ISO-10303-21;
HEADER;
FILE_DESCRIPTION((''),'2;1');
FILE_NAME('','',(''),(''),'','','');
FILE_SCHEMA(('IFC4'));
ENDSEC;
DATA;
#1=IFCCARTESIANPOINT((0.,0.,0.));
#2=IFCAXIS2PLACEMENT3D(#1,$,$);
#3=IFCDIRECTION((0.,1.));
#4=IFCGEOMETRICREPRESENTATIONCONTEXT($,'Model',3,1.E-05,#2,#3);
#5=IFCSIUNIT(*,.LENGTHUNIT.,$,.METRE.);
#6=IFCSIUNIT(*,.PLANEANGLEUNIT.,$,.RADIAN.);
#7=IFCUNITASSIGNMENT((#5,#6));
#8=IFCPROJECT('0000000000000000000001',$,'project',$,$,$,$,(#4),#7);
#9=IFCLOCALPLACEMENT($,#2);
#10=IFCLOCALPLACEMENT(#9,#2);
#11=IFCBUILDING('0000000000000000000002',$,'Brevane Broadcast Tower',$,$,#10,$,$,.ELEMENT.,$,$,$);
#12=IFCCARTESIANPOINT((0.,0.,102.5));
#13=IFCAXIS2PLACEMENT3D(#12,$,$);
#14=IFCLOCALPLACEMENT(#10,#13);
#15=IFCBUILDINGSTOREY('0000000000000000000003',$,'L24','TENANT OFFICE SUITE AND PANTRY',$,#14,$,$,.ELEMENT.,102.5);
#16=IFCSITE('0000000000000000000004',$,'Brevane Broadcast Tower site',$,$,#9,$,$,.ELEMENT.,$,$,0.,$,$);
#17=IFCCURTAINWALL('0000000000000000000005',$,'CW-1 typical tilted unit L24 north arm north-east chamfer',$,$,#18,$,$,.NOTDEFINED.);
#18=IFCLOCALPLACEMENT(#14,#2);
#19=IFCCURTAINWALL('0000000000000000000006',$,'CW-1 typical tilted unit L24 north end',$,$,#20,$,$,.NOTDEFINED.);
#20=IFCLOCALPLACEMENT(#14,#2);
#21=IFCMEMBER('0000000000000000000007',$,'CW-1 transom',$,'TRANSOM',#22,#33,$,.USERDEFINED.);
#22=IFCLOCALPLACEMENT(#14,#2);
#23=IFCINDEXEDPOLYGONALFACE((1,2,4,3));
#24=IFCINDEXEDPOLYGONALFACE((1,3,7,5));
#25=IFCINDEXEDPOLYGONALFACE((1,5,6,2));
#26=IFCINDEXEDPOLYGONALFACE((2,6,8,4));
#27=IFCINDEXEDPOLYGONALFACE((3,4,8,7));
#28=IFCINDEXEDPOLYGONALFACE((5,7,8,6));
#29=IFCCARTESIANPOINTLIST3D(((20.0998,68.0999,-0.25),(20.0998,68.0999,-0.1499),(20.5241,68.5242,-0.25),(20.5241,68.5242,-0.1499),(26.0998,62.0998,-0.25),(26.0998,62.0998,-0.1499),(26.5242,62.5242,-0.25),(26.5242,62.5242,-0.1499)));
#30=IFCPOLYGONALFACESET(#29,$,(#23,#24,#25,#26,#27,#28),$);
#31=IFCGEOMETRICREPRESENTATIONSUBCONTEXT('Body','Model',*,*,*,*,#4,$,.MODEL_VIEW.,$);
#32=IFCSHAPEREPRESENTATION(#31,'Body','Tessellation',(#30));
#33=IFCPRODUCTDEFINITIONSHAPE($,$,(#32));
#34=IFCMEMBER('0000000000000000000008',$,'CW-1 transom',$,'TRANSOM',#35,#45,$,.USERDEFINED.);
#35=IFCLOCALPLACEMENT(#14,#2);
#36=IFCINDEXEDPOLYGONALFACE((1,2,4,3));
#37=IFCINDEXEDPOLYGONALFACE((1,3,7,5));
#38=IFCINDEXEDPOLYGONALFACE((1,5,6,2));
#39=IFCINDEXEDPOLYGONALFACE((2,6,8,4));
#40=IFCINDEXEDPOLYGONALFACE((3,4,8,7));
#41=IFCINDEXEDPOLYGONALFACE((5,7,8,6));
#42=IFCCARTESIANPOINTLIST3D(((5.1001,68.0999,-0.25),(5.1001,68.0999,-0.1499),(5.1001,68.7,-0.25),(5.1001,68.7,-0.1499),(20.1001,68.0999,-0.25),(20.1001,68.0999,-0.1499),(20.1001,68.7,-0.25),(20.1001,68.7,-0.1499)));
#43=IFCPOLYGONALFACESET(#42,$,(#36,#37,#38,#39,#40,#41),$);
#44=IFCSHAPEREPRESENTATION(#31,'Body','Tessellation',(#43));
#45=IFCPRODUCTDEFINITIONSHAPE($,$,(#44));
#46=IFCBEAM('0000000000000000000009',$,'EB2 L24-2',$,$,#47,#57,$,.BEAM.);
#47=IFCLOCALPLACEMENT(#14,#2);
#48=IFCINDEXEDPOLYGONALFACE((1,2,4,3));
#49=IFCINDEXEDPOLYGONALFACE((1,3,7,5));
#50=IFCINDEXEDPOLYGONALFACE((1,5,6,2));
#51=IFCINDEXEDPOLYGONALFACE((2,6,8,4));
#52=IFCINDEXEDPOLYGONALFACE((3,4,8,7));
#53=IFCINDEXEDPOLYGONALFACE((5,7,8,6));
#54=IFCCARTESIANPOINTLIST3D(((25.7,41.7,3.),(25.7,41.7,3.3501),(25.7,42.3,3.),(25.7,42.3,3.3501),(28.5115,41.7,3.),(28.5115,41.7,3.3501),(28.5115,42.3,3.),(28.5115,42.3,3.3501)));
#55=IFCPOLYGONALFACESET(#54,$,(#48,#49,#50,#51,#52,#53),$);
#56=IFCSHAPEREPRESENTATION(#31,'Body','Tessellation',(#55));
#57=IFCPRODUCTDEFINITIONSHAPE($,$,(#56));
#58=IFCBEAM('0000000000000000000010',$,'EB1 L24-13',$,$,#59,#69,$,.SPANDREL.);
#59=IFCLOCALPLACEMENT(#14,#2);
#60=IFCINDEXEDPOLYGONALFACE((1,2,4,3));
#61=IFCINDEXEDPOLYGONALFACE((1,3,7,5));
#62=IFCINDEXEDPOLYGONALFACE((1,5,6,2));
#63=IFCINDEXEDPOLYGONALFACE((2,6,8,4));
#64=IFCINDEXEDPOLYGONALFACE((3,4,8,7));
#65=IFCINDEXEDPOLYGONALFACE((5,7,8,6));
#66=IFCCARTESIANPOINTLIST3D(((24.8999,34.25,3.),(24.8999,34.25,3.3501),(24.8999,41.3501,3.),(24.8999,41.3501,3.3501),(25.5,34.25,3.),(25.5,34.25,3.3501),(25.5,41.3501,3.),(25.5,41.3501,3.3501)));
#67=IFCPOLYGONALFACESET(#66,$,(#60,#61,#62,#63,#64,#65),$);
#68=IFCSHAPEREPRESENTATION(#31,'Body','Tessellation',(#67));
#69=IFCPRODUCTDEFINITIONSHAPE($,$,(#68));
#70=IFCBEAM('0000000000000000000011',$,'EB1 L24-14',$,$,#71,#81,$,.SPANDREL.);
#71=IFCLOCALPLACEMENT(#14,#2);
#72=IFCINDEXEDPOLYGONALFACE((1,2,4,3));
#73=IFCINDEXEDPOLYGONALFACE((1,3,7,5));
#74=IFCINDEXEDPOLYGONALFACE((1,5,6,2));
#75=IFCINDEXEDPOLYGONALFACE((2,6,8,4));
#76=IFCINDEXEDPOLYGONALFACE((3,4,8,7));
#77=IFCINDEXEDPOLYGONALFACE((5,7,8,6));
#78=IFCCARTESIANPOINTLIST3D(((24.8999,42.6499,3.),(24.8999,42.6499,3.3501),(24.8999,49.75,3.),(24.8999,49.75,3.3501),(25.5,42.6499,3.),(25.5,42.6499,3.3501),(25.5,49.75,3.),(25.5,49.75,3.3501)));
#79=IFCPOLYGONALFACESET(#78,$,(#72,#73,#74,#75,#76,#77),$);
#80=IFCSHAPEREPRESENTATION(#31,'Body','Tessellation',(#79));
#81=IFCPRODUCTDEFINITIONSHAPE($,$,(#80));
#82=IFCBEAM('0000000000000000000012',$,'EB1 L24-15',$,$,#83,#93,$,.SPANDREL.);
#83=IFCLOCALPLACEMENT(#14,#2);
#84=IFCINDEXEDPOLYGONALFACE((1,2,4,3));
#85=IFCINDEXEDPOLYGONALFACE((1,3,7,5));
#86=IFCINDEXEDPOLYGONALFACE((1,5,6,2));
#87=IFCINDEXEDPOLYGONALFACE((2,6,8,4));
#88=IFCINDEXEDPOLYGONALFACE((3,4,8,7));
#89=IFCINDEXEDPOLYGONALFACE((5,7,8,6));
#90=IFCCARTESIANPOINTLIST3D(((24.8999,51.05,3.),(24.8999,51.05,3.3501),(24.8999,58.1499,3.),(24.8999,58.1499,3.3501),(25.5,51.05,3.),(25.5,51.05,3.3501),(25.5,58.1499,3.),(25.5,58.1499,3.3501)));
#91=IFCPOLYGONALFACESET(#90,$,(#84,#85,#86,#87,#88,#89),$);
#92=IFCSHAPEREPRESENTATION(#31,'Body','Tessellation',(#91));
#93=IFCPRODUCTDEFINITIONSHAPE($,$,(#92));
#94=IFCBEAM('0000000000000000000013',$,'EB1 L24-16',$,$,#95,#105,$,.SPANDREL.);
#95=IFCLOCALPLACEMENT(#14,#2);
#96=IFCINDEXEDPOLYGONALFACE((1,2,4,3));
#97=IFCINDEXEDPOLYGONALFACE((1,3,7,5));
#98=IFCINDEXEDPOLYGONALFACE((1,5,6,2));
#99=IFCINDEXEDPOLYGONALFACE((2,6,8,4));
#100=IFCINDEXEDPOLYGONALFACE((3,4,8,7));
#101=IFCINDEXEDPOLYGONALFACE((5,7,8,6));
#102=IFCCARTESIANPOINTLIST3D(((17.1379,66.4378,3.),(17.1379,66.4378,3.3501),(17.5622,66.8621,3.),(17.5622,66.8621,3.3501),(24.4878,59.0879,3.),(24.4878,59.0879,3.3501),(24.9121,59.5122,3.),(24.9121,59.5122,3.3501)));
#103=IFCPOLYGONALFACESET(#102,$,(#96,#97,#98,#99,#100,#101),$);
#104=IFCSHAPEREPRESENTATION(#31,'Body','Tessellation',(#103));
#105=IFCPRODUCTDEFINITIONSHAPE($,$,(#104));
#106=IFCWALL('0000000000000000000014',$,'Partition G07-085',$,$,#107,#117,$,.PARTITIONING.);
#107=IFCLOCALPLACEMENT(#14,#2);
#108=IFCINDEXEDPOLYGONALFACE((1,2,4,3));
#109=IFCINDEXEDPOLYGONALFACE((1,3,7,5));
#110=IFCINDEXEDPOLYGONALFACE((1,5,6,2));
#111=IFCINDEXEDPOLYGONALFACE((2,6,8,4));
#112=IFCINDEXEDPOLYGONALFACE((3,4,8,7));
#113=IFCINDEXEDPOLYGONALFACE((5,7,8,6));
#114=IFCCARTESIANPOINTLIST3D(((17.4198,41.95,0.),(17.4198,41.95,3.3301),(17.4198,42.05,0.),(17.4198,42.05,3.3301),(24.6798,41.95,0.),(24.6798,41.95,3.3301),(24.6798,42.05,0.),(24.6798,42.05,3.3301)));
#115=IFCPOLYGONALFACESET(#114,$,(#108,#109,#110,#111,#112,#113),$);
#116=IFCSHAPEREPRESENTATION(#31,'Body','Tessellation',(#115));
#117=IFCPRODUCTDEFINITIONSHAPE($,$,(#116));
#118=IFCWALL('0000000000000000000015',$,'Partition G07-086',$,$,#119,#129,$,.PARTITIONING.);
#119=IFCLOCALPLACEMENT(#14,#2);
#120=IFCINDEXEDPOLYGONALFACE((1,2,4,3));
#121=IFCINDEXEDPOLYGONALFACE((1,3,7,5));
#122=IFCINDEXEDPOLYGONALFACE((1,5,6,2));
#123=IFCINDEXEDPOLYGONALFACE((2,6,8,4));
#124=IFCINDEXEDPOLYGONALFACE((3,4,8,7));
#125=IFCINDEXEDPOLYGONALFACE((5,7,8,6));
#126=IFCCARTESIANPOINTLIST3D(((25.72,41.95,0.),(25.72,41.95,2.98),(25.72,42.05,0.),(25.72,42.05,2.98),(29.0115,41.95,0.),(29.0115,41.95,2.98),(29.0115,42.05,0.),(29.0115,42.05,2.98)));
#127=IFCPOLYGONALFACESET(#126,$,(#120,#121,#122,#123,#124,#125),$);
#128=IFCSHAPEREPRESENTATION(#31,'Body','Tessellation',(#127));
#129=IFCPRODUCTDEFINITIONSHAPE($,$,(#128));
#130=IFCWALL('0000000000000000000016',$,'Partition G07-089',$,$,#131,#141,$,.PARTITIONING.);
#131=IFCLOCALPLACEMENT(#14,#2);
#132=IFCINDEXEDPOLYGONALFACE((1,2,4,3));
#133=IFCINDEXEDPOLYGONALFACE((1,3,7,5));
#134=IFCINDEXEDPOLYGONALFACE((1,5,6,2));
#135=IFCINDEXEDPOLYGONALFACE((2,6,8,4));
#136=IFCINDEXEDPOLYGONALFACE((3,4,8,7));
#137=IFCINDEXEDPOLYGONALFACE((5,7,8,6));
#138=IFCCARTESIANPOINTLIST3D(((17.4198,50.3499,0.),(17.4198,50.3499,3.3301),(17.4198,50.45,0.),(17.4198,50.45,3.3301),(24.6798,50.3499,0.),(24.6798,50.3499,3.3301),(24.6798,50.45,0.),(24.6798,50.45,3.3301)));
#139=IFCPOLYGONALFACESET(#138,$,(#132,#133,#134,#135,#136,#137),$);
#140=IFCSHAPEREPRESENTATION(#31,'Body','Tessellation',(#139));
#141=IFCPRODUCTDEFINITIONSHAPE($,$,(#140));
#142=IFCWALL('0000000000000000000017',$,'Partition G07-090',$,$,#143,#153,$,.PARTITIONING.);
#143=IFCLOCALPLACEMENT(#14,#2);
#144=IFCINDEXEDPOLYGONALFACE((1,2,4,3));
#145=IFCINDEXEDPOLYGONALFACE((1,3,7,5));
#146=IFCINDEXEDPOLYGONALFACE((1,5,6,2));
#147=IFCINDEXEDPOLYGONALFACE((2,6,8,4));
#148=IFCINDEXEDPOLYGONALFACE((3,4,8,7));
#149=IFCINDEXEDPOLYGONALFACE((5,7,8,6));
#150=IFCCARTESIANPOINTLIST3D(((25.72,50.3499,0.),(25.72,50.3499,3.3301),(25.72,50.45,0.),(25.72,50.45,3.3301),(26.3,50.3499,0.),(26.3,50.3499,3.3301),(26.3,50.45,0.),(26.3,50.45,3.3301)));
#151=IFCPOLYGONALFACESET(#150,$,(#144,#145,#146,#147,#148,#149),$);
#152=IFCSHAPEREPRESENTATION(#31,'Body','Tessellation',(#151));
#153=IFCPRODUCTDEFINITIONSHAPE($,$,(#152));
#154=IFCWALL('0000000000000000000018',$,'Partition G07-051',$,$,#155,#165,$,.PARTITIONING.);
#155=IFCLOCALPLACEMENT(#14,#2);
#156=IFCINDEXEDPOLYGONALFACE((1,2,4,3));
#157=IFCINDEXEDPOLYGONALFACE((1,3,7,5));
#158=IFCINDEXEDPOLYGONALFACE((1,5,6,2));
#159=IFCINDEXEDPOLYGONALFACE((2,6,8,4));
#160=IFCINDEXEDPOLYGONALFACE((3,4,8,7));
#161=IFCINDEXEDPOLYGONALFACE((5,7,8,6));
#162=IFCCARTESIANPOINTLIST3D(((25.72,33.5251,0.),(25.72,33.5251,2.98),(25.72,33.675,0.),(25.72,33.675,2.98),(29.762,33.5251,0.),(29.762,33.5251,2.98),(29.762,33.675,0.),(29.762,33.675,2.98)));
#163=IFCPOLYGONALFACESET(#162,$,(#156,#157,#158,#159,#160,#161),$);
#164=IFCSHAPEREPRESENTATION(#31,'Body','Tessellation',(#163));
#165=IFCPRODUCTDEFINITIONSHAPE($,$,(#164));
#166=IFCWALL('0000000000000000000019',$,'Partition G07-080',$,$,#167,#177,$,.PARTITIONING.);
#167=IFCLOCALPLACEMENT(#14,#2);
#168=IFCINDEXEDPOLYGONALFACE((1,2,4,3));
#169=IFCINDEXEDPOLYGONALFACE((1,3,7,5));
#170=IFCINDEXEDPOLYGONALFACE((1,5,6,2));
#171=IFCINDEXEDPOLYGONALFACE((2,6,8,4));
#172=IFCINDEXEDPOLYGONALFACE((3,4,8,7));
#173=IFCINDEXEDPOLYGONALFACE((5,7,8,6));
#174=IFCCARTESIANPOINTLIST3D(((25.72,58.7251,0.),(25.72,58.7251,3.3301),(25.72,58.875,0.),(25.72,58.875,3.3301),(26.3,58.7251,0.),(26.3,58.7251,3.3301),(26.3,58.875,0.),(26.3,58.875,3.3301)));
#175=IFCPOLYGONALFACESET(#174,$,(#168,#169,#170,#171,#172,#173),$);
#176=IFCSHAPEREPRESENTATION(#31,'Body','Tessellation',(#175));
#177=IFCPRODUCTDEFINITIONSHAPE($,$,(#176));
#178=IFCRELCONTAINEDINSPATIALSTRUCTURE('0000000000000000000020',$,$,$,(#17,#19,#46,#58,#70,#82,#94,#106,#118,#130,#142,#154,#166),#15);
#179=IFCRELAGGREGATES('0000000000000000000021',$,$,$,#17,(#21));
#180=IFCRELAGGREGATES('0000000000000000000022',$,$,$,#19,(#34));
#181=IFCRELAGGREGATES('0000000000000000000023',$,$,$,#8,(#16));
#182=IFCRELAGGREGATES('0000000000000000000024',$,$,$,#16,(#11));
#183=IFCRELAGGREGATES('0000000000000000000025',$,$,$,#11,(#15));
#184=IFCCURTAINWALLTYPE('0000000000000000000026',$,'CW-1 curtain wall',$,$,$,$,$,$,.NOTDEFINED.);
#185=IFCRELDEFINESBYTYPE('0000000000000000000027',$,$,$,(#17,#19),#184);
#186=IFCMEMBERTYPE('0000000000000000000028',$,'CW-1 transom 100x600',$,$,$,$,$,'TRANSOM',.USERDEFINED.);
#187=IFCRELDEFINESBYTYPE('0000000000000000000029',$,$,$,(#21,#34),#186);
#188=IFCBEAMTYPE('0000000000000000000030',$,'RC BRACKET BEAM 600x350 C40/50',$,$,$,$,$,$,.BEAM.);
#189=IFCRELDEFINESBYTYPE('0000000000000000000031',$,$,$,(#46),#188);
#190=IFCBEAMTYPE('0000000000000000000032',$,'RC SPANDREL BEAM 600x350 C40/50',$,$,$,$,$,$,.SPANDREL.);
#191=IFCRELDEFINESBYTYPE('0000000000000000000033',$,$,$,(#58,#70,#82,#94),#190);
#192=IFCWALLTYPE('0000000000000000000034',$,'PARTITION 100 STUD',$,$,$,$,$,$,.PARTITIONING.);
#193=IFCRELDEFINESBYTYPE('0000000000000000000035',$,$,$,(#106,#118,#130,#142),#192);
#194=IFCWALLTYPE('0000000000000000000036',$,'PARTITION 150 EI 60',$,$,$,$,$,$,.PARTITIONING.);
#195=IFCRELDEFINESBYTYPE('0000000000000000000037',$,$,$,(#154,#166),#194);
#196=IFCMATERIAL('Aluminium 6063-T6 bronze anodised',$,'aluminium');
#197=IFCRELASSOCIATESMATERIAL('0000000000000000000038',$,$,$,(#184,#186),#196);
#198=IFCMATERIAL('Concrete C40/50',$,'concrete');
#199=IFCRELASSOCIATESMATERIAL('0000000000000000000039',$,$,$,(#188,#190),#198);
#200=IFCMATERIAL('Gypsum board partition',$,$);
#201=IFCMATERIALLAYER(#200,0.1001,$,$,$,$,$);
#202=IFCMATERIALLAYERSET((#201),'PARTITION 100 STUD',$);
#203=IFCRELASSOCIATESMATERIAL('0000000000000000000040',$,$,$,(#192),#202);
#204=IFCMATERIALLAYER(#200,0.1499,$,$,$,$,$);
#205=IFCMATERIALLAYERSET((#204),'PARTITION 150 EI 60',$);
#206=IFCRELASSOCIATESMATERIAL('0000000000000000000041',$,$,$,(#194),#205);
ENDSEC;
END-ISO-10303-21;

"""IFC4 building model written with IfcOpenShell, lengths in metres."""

from ifc_helpers import new_model, si_unit, direction, frame, frame_2d, origin, origin_2d, place, context, subcontext, project, spatial, rectangle, extrude, material, layer, layer_set, material_profile, profile_set, type_object, element, aggregate, save


model = new_model("IFC4")

# Units and contexts
model_context = context("Model", 3, precision=1e-05, world=origin(), true_north=direction((0.0, 1.0)))
body_context = subcontext(model_context, "Body", "Model", "MODEL_VIEW")
ifc_project = project(units=[si_unit("LENGTHUNIT", "METRE"), si_unit("PLANEANGLEUNIT", "RADIAN")], contexts=[model_context])

# Site, building, storey
site_placement = place(None, origin())
site = spatial("IfcSite", under=ifc_project, at=site_placement, Name="Brevane Broadcast Tower site", CompositionType="ELEMENT", RefElevation=0.0)
building_placement = place(site_placement, origin())
building = spatial("IfcBuilding", under=site, at=building_placement, Name="Brevane Broadcast Tower", CompositionType="ELEMENT")
storey_placement = place(building_placement, frame((0.0, 0.0, 102.5)))
storey = spatial("IfcBuildingStorey", under=building, at=storey_placement, Name="L24", Description="TENANT OFFICE SUITE AND PANTRY", CompositionType="ELEMENT", Elevation=102.5)

# Shared definitions
ifc_material_1 = material(Name="Aluminium 6063-T6 bronze anodised", Category="aluminium")
curtain_wall_type = type_object("IfcCurtainWallType", Name="CW-1 curtain wall", PredefinedType="NOTDEFINED", material=ifc_material_1)

# Curtain wall
curtain_wall_1_placement = place(storey_placement, origin())
curtain_wall_1 = element("IfcCurtainWall", 1, at=curtain_wall_1_placement, inside=storey, type_object=curtain_wall_type, Name="CW-1 typical tilted unit L24 north arm north-east chamfer", PredefinedType="NOTDEFINED")

# Curtain wall
curtain_wall_2_placement = place(storey_placement, origin())
curtain_wall_2 = element("IfcCurtainWall", 2, at=curtain_wall_2_placement, inside=storey, type_object=curtain_wall_type, Name="CW-1 typical tilted unit L24 north end", PredefinedType="NOTDEFINED")

# Members
ifc_material_profile_1 = material_profile(ifc_material_1, rectangle(XDim=0.6001, YDim=0.1001, at=origin_2d()), Name="RECT 100x600")
ifc_profile_set_1 = profile_set([ifc_material_profile_1], Name="Aluminium 6063-T6 bronze anodised")
member_type_1 = type_object("IfcMemberType", Name="CW-1 transom 100x600", ElementType="TRANSOM", PredefinedType="USERDEFINED", material=ifc_profile_set_1)
member_1_placement = place(storey_placement, frame((26.312, 62.312, -0.2), z_axis=(-0.707107, 0.707107, 0.0), x_axis=(-0.707107, -0.707107, 0.0)))
member_1 = element("IfcMember", 3, at=member_1_placement, type_object=member_type_1, Name="CW-1 transom", ObjectType="TRANSOM", PredefinedType="USERDEFINED", context=body_context, shape_type="SweptSolid", body=[
    extrude(rectangle(XDim=0.6001, YDim=0.1001, at=origin_2d()), origin(), (0.0, 0.0, 1.0), 8.4854),
])
aggregate(curtain_wall_1, [member_1])
member_2_placement = place(storey_placement, frame((20.1001, 68.3999, -0.2), z_axis=(-1.0, 0.0, 0.0), x_axis=(0.0, -1.0, 0.0)))
member_2 = element("IfcMember", 4, at=member_2_placement, type_object=member_type_1, Name="CW-1 transom", ObjectType="TRANSOM", PredefinedType="USERDEFINED", context=body_context, shape_type="SweptSolid", body=[
    extrude(rectangle(XDim=0.6001, YDim=0.1001, at=origin_2d()), origin(), (0.0, 0.0, 1.0), 15.0),
])
aggregate(curtain_wall_2, [member_2])

# Beams
ifc_material_2 = material(Name="Concrete C40/50", Category="concrete")
ifc_material_profile_2 = material_profile(ifc_material_2, rectangle(XDim=0.6001, YDim=0.3501, at=origin_2d()), Name="RC 600x350")
ifc_profile_set_2 = profile_set([ifc_material_profile_2], Name="Concrete C40/50")
beam_type_1 = type_object("IfcBeamType", Name="RC BRACKET BEAM 600x350 C40/50", PredefinedType="BEAM", material=ifc_profile_set_2)
beam_1_placement = place(storey_placement, frame((25.7, 42.0, 3.175), z_axis=(1.0, 0.0, 0.0), x_axis=(0.0, 1.0, 0.0)))
element("IfcBeam", 5, at=beam_1_placement, inside=storey, type_object=beam_type_1, Name="EB2 L24-2", PredefinedType="BEAM", context=body_context, shape_type="SweptSolid", body=[
    extrude(rectangle(XDim=0.6001, YDim=0.3501, at=origin_2d()), origin(), (0.0, 0.0, 1.0), 2.8115),
])
ifc_material_profile_3 = material_profile(ifc_material_2, rectangle(XDim=0.6001, YDim=0.3501, at=origin_2d()), Name="RC 600x350")
ifc_profile_set_3 = profile_set([ifc_material_profile_3], Name="Concrete C40/50")
beam_type_2 = type_object("IfcBeamType", Name="RC SPANDREL BEAM 600x350 C40/50", PredefinedType="SPANDREL", material=ifc_profile_set_3)
for number, where, z_axis, x_axis, name in (
    (6, (25.2, 34.25, 3.175), (0.0, 1.0, 0.0), (-1.0, 0.0, 0.0), "EB1 L24-13"),
    (7, (25.2, 42.6499, 3.175), (0.0, 1.0, 0.0), (-1.0, 0.0, 0.0), "EB1 L24-14"),
):
    element("IfcBeam", number, at=place(storey_placement, frame(where, z_axis=z_axis, x_axis=x_axis)), inside=storey, type_object=beam_type_2, Name=name, PredefinedType="SPANDREL", context=body_context, shape_type="SweptSolid", body=[
        extrude(rectangle(XDim=0.6001, YDim=0.3501, at=origin_2d()), origin(), (0.0, 0.0, 1.0), 7.1001),
    ])
beam_2_placement = place(storey_placement, frame((25.2, 51.05, 3.175), z_axis=(0.0, 1.0, 0.0), x_axis=(-1.0, 0.0, 0.0)))
element("IfcBeam", 8, at=beam_2_placement, inside=storey, type_object=beam_type_2, Name="EB1 L24-15", PredefinedType="SPANDREL", context=body_context, shape_type="SweptSolid", body=[
    extrude(rectangle(XDim=0.6001, YDim=0.3501, at=origin_2d()), origin(), (0.0, 0.0, 1.0), 7.0999),
])
beam_3_placement = place(storey_placement, frame((24.7, 59.3, 3.175), z_axis=(-0.707107, 0.707107, 0.0), x_axis=(-0.707107, -0.707107, 0.0)))
element("IfcBeam", 9, at=beam_3_placement, inside=storey, type_object=beam_type_2, Name="EB1 L24-16", PredefinedType="SPANDREL", context=body_context, shape_type="SweptSolid", body=[
    extrude(rectangle(XDim=0.6001, YDim=0.3501, at=origin_2d()), origin(), (0.0, 0.0, 1.0), 10.3943),
])

# Walls
ifc_material_3 = material(Name="Gypsum board partition")
ifc_layer_1 = layer(ifc_material_3, 0.1001)
ifc_layer_set_1 = layer_set([ifc_layer_1], Name="PARTITION 100 STUD")
wall_type_1 = type_object("IfcWallType", Name="PARTITION 100 STUD", PredefinedType="PARTITIONING", material=ifc_layer_set_1)
wall_1_placement = place(storey_placement, frame((17.4199, 42.0, 0.0), z_axis=(0.0, 0.0, 1.0), x_axis=(1.0, 0.0, 0.0)))
element("IfcWall", 10, at=wall_1_placement, inside=storey, type_object=wall_type_1, Name="Partition G07-085", PredefinedType="PARTITIONING", context=body_context, shape_type="SweptSolid", body=[
    extrude(rectangle(XDim=7.26, YDim=0.1001, at=frame_2d((3.6299, 0.0))), origin(), (0.0, 0.0, 1.0), 3.3301),
])
wall_2_placement = place(storey_placement, frame((25.72, 42.0, 0.0), z_axis=(0.0, 0.0, 1.0), x_axis=(1.0, 0.0, 0.0)))
element("IfcWall", 11, at=wall_2_placement, inside=storey, type_object=wall_type_1, Name="Partition G07-086", PredefinedType="PARTITIONING", context=body_context, shape_type="SweptSolid", body=[
    extrude(rectangle(XDim=3.2915, YDim=0.1001, at=frame_2d((1.6458, 0.0))), origin(), (0.0, 0.0, 1.0), 2.98),
])
wall_3_placement = place(storey_placement, frame((17.4199, 50.3999, 0.0), z_axis=(0.0, 0.0, 1.0), x_axis=(1.0, 0.0, 0.0)))
element("IfcWall", 12, at=wall_3_placement, inside=storey, type_object=wall_type_1, Name="Partition G07-089", PredefinedType="PARTITIONING", context=body_context, shape_type="SweptSolid", body=[
    extrude(rectangle(XDim=7.26, YDim=0.1001, at=frame_2d((3.6299, 0.0))), origin(), (0.0, 0.0, 1.0), 3.3301),
])
wall_4_placement = place(storey_placement, frame((25.72, 50.3999, 0.0), z_axis=(0.0, 0.0, 1.0), x_axis=(1.0, 0.0, 0.0)))
element("IfcWall", 13, at=wall_4_placement, inside=storey, type_object=wall_type_1, Name="Partition G07-090", PredefinedType="PARTITIONING", context=body_context, shape_type="SweptSolid", body=[
    extrude(rectangle(XDim=0.5801, YDim=0.1001, at=frame_2d((0.29, 0.0))), origin(), (0.0, 0.0, 1.0), 3.3301),
])
ifc_layer_2 = layer(ifc_material_3, 0.1499)
ifc_layer_set_2 = layer_set([ifc_layer_2], Name="PARTITION 150 EI 60")
wall_type_2 = type_object("IfcWallType", Name="PARTITION 150 EI 60", PredefinedType="PARTITIONING", material=ifc_layer_set_2)
wall_5_placement = place(storey_placement, frame((25.72, 33.6001, 0.0), z_axis=(0.0, 0.0, 1.0), x_axis=(1.0, 0.0, 0.0)))
element("IfcWall", 14, at=wall_5_placement, inside=storey, type_object=wall_type_2, Name="Partition G07-051", PredefinedType="PARTITIONING", context=body_context, shape_type="SweptSolid", body=[
    extrude(rectangle(XDim=4.042, YDim=0.1499, at=frame_2d((2.021, 0.0))), origin(), (0.0, 0.0, 1.0), 2.98),
])
wall_6_placement = place(storey_placement, frame((26.3, 58.8, 0.0), z_axis=(0.0, 0.0, 1.0), x_axis=(-1.0, 0.0, 0.0)))
element("IfcWall", 15, at=wall_6_placement, inside=storey, type_object=wall_type_2, Name="Partition G07-080", PredefinedType="PARTITIONING", context=body_context, shape_type="SweptSolid", body=[
    extrude(rectangle(XDim=0.5801, YDim=0.1499, at=frame_2d((0.29, 0.0))), origin(), (0.0, 0.0, 1.0), 3.3301),
])

save(model, "model.ifc")
